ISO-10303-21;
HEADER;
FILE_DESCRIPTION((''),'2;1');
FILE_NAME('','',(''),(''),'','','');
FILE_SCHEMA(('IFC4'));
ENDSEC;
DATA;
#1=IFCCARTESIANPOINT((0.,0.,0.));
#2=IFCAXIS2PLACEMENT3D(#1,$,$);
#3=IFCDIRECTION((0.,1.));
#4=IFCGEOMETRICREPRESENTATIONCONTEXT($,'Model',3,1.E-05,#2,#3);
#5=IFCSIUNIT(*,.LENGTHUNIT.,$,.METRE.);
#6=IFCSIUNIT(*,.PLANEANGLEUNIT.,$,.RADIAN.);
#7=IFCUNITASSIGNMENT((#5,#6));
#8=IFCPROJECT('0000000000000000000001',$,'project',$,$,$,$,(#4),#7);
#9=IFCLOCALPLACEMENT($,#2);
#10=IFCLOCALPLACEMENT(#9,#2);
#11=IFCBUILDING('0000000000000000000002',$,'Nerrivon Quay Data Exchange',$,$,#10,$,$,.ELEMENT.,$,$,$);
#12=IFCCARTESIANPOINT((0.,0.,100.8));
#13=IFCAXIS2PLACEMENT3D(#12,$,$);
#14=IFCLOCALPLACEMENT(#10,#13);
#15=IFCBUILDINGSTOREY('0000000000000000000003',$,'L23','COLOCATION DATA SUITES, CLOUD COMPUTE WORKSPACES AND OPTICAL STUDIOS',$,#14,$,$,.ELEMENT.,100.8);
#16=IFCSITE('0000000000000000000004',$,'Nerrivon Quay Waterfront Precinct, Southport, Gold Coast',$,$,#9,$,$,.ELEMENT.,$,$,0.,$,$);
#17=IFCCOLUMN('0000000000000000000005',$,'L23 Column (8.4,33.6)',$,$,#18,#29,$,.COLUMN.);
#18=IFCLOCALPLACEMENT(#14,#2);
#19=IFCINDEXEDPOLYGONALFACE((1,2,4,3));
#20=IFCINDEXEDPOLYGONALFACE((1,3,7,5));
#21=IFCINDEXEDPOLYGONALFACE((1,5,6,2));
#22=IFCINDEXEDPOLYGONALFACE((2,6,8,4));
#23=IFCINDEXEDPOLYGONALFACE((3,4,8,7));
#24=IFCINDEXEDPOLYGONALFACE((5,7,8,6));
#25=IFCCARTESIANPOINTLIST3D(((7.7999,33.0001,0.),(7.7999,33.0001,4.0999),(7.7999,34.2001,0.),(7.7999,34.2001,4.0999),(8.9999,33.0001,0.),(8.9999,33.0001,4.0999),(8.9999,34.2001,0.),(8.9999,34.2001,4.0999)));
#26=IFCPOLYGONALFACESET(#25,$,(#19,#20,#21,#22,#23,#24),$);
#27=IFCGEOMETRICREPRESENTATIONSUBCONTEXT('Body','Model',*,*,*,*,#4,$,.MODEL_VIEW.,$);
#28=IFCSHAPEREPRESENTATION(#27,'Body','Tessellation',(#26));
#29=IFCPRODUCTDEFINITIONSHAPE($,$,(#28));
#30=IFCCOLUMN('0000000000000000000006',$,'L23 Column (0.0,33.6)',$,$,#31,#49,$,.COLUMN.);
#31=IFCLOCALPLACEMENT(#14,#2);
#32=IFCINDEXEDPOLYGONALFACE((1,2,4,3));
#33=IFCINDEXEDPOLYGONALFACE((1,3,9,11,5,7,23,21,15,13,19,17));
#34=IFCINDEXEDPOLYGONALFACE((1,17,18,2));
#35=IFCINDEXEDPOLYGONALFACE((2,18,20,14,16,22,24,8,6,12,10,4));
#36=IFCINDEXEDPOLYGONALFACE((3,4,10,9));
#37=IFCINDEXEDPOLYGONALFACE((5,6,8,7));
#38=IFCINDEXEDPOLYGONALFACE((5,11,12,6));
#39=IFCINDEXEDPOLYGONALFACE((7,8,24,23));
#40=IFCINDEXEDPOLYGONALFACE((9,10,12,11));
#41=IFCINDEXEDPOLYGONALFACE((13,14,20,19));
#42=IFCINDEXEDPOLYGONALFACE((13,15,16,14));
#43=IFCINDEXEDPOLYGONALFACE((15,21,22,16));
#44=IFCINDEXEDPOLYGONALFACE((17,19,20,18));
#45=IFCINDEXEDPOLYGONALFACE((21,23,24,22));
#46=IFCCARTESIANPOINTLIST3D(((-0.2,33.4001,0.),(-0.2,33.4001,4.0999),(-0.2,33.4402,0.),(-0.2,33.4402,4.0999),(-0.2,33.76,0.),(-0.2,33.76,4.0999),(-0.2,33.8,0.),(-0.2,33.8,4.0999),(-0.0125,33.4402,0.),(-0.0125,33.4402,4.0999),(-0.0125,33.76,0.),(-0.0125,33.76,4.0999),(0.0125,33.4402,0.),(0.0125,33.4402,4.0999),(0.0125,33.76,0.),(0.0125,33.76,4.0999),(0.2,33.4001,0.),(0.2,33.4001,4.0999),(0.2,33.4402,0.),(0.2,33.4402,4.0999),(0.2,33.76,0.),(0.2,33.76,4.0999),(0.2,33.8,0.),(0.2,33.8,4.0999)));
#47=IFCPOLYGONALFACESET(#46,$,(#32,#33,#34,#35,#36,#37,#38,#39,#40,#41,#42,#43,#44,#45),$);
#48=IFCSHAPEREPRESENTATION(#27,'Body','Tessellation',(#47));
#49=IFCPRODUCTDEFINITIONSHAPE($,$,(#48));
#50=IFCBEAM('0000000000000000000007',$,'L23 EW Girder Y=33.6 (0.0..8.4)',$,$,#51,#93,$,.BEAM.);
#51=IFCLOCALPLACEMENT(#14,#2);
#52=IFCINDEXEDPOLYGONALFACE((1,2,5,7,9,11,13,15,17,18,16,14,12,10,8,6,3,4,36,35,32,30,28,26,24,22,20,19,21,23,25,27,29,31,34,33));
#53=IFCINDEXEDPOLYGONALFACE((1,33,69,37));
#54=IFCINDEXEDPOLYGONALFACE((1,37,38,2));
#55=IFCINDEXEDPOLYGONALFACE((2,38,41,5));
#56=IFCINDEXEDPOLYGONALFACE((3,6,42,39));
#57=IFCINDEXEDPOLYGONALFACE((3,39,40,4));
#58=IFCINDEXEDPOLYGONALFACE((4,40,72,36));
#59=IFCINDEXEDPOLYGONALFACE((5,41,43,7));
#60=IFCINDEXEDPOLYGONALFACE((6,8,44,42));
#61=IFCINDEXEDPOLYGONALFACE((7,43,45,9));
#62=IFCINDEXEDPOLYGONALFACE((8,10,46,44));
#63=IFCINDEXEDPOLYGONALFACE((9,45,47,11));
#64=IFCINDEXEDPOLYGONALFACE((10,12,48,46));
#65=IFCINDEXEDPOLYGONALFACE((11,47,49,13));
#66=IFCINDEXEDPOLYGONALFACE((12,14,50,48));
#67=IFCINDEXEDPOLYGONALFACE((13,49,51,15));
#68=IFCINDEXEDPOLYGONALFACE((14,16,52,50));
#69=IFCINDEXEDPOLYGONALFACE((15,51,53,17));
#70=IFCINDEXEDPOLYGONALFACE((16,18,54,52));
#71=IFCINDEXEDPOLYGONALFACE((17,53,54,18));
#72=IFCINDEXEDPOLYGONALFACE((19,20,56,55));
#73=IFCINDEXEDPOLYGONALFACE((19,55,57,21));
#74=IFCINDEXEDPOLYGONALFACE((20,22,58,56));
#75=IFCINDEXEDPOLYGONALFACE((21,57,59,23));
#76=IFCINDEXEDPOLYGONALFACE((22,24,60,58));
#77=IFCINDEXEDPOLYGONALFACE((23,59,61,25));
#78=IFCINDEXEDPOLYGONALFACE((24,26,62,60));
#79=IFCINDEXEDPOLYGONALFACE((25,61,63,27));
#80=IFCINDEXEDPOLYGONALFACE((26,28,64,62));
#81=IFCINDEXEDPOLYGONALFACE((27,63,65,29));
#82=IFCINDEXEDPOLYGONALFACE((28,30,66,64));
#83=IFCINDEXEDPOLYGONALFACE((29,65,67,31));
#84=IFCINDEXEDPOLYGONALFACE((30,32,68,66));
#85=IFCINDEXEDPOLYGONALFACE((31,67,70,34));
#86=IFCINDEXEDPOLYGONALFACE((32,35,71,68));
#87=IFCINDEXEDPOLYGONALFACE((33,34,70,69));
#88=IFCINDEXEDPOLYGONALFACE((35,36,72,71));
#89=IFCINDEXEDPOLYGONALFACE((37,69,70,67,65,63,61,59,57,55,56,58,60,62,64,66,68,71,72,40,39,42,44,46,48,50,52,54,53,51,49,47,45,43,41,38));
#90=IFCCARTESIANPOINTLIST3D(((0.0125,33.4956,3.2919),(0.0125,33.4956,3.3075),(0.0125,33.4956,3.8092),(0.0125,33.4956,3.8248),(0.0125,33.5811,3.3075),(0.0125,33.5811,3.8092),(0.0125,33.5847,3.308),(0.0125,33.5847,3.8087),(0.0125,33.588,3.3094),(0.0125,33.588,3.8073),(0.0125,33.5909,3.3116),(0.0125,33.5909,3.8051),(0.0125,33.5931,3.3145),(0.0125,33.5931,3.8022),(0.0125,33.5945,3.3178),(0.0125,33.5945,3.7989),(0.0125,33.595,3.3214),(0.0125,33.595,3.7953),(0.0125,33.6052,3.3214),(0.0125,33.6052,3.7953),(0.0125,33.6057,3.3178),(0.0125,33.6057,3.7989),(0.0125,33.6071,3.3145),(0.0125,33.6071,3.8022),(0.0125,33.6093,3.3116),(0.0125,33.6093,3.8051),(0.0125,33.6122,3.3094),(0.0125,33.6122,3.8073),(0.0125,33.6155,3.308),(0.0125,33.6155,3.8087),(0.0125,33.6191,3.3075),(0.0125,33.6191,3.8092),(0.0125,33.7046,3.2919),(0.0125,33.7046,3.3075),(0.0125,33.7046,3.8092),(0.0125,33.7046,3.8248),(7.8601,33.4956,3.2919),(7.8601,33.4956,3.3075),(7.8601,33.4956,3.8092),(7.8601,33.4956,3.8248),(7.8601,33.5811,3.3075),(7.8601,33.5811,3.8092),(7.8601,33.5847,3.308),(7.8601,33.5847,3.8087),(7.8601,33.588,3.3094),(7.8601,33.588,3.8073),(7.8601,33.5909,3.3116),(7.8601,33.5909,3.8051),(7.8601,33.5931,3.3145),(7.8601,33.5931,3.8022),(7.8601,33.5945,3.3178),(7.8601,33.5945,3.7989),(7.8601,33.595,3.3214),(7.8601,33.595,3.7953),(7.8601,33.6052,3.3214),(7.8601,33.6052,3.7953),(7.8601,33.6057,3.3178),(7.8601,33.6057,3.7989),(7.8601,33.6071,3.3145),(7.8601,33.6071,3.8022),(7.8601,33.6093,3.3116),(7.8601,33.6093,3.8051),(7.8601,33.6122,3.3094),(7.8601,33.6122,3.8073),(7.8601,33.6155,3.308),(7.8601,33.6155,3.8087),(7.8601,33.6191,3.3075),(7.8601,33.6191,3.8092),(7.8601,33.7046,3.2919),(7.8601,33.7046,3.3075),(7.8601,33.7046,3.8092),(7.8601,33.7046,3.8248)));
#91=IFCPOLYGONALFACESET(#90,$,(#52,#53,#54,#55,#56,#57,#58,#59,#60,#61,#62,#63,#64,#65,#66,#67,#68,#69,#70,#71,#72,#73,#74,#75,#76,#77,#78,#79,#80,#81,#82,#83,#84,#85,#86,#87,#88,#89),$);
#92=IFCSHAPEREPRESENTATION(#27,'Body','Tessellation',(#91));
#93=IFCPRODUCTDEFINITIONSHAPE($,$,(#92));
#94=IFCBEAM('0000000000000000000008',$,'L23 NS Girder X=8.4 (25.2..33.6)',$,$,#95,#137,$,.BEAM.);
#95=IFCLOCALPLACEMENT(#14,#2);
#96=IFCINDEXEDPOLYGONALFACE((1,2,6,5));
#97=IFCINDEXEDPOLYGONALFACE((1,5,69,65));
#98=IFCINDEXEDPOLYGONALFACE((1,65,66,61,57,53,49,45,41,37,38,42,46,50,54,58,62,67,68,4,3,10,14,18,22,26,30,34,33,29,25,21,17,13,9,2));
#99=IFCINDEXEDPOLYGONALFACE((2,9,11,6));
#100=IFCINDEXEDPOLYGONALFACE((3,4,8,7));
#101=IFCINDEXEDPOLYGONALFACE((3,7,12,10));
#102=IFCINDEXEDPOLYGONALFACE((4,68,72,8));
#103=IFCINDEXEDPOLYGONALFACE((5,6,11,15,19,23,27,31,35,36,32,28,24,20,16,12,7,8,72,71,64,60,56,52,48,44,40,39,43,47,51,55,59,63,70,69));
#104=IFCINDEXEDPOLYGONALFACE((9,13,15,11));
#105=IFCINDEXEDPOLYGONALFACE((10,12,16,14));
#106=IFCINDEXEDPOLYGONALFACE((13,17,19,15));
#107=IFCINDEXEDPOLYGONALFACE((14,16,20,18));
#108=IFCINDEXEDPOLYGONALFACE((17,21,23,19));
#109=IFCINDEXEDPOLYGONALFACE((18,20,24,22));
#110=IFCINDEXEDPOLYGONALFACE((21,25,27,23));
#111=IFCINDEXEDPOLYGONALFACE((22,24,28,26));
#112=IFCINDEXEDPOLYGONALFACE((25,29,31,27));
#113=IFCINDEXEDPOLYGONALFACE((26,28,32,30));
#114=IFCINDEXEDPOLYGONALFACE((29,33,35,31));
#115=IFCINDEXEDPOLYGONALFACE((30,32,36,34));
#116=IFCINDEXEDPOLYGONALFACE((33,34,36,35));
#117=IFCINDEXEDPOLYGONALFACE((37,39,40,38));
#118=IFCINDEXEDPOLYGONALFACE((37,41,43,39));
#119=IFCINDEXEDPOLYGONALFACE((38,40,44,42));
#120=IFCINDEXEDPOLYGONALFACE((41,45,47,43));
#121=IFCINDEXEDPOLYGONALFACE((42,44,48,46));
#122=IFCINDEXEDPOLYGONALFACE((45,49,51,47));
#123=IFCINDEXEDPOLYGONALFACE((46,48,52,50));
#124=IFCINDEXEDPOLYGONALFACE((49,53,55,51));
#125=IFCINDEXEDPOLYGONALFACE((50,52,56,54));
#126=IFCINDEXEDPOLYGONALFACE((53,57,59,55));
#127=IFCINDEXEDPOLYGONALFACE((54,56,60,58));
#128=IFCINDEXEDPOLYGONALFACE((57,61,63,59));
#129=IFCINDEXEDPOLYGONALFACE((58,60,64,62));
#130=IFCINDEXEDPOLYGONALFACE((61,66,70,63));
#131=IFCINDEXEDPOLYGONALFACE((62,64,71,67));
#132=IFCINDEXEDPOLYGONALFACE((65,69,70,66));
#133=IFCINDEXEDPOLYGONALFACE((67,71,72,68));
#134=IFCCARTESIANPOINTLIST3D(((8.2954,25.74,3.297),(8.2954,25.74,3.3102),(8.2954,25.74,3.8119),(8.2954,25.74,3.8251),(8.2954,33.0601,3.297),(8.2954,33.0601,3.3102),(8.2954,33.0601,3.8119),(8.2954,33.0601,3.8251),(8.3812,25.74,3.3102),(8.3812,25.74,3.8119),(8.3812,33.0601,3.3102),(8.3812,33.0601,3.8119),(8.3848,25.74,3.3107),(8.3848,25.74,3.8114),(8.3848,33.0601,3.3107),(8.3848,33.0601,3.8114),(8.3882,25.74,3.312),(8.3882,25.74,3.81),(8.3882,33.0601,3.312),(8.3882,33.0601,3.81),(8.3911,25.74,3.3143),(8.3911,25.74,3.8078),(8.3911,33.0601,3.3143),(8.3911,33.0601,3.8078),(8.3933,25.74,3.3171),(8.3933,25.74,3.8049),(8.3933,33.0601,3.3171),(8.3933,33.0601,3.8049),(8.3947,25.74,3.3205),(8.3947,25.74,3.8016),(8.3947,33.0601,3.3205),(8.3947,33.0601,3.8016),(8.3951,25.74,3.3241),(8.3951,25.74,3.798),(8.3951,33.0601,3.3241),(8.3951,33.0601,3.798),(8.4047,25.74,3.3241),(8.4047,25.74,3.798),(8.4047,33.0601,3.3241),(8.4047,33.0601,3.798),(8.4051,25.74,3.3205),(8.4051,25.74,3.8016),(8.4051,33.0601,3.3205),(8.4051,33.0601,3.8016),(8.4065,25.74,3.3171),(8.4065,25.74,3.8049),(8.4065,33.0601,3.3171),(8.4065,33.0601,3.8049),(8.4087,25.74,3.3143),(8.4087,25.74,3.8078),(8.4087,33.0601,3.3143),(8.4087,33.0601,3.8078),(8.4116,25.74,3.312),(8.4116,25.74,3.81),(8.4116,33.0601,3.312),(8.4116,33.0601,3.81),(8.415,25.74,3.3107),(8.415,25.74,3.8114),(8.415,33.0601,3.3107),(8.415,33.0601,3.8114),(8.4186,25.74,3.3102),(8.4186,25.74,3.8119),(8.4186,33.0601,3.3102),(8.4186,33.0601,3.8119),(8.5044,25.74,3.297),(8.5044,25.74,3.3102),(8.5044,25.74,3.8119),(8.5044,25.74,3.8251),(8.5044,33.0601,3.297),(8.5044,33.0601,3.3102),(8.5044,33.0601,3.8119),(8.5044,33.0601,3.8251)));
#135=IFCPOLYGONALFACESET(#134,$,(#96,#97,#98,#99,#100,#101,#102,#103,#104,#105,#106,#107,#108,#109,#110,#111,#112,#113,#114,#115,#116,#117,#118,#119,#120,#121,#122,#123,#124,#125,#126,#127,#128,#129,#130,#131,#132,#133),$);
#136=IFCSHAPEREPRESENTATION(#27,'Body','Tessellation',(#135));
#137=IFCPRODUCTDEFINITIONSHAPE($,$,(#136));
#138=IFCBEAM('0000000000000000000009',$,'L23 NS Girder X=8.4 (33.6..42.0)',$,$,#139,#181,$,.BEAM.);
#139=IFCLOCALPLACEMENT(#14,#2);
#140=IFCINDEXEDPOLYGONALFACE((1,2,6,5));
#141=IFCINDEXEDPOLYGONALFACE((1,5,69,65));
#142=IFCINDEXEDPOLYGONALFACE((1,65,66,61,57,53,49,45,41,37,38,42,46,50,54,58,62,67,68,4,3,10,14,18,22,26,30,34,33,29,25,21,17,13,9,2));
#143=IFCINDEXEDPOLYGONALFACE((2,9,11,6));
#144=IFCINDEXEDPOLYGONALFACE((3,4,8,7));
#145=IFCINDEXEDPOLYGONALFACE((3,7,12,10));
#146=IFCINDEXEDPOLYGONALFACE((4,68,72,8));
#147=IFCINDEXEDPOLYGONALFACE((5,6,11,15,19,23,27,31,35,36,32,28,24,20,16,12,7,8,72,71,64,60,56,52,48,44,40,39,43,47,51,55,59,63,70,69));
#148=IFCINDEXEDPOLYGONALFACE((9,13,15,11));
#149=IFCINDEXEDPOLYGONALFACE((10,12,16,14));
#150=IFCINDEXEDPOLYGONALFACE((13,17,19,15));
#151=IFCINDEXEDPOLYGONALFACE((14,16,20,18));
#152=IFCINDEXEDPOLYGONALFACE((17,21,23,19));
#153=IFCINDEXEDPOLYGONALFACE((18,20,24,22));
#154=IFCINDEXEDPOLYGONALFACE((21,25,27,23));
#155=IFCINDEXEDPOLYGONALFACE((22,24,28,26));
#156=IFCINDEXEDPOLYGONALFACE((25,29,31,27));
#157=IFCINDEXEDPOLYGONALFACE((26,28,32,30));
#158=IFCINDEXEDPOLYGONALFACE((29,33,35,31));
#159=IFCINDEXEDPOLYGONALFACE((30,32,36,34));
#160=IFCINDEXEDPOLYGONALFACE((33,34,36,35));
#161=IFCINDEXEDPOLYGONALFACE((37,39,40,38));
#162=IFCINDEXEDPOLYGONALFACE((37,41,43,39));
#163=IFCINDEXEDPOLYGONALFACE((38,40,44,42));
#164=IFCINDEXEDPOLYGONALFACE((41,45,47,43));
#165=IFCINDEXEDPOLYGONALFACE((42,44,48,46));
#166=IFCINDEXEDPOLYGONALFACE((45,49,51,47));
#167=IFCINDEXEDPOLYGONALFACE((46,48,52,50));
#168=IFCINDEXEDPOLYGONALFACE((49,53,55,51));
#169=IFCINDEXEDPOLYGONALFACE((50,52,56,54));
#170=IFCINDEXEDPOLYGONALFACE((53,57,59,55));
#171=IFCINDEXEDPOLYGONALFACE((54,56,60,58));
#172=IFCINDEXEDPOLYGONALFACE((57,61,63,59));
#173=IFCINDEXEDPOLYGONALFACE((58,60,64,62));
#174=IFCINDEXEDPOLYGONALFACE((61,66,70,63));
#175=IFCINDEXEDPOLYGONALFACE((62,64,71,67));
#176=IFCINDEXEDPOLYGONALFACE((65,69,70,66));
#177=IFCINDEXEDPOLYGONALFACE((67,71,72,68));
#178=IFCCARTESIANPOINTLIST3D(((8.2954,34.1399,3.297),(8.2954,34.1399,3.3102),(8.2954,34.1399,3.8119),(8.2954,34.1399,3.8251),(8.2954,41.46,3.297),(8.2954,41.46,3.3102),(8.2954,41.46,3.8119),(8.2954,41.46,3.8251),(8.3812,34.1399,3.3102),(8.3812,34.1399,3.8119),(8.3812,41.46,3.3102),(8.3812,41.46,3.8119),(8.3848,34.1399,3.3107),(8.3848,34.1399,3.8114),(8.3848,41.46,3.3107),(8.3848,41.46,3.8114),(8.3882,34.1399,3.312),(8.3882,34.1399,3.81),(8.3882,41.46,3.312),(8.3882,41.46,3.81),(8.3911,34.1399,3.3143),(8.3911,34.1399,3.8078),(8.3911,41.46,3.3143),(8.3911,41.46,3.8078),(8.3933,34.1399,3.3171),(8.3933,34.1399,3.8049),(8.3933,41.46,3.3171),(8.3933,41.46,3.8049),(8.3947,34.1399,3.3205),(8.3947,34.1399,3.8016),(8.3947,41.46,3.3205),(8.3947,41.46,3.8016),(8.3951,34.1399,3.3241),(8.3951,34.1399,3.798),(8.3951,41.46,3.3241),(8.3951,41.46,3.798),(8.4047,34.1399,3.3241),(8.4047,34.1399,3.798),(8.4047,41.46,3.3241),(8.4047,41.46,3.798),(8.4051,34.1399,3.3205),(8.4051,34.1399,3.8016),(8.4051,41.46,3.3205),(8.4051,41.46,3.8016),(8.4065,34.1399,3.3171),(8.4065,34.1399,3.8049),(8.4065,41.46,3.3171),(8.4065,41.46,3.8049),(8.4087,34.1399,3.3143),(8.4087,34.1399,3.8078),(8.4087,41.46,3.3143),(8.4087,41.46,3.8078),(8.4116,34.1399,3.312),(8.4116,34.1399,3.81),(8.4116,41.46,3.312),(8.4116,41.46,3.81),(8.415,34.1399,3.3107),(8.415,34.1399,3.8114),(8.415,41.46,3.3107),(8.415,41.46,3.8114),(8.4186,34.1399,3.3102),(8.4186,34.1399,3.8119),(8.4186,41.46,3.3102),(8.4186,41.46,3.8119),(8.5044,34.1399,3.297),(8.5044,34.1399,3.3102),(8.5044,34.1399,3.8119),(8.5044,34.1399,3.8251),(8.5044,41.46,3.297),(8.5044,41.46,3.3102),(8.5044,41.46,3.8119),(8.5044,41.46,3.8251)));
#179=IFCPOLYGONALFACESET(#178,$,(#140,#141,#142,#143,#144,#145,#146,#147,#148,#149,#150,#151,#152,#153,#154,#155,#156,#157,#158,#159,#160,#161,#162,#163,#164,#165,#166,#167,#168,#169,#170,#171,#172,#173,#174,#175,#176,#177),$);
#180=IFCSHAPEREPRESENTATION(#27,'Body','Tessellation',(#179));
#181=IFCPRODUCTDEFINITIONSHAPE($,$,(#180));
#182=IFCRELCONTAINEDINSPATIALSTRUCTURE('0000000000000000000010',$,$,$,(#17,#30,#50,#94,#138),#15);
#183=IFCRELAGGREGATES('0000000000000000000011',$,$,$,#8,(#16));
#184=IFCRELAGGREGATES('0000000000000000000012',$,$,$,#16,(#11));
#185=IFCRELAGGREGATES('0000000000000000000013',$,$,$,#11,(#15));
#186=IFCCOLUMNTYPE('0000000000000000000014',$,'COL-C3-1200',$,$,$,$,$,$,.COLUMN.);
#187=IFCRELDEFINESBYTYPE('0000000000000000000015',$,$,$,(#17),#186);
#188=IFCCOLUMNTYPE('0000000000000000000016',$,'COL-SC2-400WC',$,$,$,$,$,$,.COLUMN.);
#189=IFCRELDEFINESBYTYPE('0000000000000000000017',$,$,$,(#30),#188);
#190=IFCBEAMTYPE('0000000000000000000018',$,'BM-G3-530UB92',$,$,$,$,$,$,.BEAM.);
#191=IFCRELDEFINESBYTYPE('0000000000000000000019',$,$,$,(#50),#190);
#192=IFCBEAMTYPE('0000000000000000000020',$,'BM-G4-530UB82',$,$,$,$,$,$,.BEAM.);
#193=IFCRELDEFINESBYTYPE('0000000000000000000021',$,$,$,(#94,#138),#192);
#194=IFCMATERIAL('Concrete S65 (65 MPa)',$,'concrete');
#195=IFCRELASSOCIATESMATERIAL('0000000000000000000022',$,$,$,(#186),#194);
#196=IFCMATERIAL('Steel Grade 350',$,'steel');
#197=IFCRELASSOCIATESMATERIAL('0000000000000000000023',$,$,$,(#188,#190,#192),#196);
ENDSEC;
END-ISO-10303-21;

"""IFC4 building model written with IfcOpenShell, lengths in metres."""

from ifc_helpers import new_model, si_unit, direction, frame, origin, origin_2d, place, context, subcontext, project, spatial, rectangle, i_section, extrude, material, material_profile, profile_set, type_object, element, save


model = new_model("IFC4")

# Units and contexts
model_context = context("Model", 3, precision=1e-05, world=origin(), true_north=direction((0.0, 1.0)))
body_context = subcontext(model_context, "Body", "Model", "MODEL_VIEW")
ifc_project = project(units=[si_unit("LENGTHUNIT", "METRE"), si_unit("PLANEANGLEUNIT", "RADIAN")], contexts=[model_context])

# Site, building, storey
site_placement = place(None, origin())
site = spatial("IfcSite", under=ifc_project, at=site_placement, Name="Nerrivon Quay Waterfront Precinct, Southport, Gold Coast", CompositionType="ELEMENT", RefElevation=0.0)
building_placement = place(site_placement, origin())
building = spatial("IfcBuilding", under=site, at=building_placement, Name="Nerrivon Quay Data Exchange", CompositionType="ELEMENT")
storey_placement = place(building_placement, frame((0.0, 0.0, 100.8)))
storey = spatial("IfcBuildingStorey", under=building, at=storey_placement, Name="L23", Description="COLOCATION DATA SUITES, CLOUD COMPUTE WORKSPACES AND OPTICAL STUDIOS", CompositionType="ELEMENT", Elevation=100.8)

# Columns
ifc_material_1 = material(Name="Concrete S65 (65 MPa)", Category="concrete")
ifc_material_profile_1 = material_profile(ifc_material_1, rectangle(XDim=1.2, YDim=1.2, at=origin_2d()), Name="RC-COL-1200x1200")
ifc_profile_set_1 = profile_set([ifc_material_profile_1], Name="Concrete S65 (65 MPa)")
column_type_1 = type_object("IfcColumnType", Name="COL-C3-1200", PredefinedType="COLUMN", material=ifc_profile_set_1)
column_1_placement = place(storey_placement, frame((8.3999, 33.6001, 0.0), z_axis=(0.0, 0.0, 1.0), x_axis=(1.0, 0.0, 0.0)))
element("IfcColumn", 1, at=column_1_placement, inside=storey, type_object=column_type_1, Name="L23 Column (8.4,33.6)", PredefinedType="COLUMN", context=body_context, shape_type="SweptSolid", body=[
    extrude(rectangle(XDim=1.2, YDim=1.2, at=origin_2d()), origin(), (0.0, 0.0, 1.0), 4.0999),
])
ifc_material_2 = material(Name="Steel Grade 350", Category="steel")
ifc_material_profile_2 = material_profile(ifc_material_2, i_section(OverallWidth=0.3999, OverallDepth=0.3999, WebThickness=0.0249, FlangeThickness=0.04, at=origin_2d()), Name="400WC328")
ifc_profile_set_2 = profile_set([ifc_material_profile_2], Name="Steel Grade 350")
column_type_2 = type_object("IfcColumnType", Name="COL-SC2-400WC", PredefinedType="COLUMN", material=ifc_profile_set_2)
column_2_placement = place(storey_placement, frame((0.0, 33.6001, 0.0), z_axis=(0.0, 0.0, 1.0), x_axis=(1.0, 0.0, 0.0)))
element("IfcColumn", 2, at=column_2_placement, inside=storey, type_object=column_type_2, Name="L23 Column (0.0,33.6)", PredefinedType="COLUMN", context=body_context, shape_type="SweptSolid", body=[
    extrude(i_section(OverallWidth=0.3999, OverallDepth=0.3999, WebThickness=0.0249, FlangeThickness=0.04, at=origin_2d()), origin(), (0.0, 0.0, 1.0), 4.0999),
])

# Beams
ifc_material_profile_3 = material_profile(ifc_material_2, i_section(OverallWidth=0.209, OverallDepth=0.533, WebThickness=0.0103, FlangeThickness=0.0156, FilletRadius=0.0139, at=origin_2d()), Name="530UB92.4")
ifc_profile_set_3 = profile_set([ifc_material_profile_3], Name="Steel Grade 350")
beam_type_1 = type_object("IfcBeamType", Name="BM-G3-530UB92", PredefinedType="BEAM", material=ifc_profile_set_3)
beam_1_placement = place(storey_placement, frame((0.0125, 33.6001, 3.5583), z_axis=(1.0, 0.0, 0.0), x_axis=(0.0, 1.0, 0.0)))
element("IfcBeam", 3, at=beam_1_placement, inside=storey, type_object=beam_type_1, Name="L23 EW Girder Y=33.6 (0.0..8.4)", PredefinedType="BEAM", context=body_context, shape_type="SweptSolid", body=[
    extrude(i_section(OverallWidth=0.209, OverallDepth=0.533, WebThickness=0.0103, FlangeThickness=0.0156, FilletRadius=0.0139, at=origin_2d()), origin(), (0.0, 0.0, 1.0), 7.8477),
])
ifc_material_profile_4 = material_profile(ifc_material_2, i_section(OverallWidth=0.209, OverallDepth=0.5281, WebThickness=0.0095, FlangeThickness=0.0132, FilletRadius=0.0139, at=origin_2d()), Name="530UB82.0")
ifc_profile_set_4 = profile_set([ifc_material_profile_4], Name="Steel Grade 350")
beam_type_2 = type_object("IfcBeamType", Name="BM-G4-530UB82", PredefinedType="BEAM", material=ifc_profile_set_4)
for number, where, z_axis, x_axis, name in (
    (4, (8.3999, 25.74, 3.561), (0.0, 1.0, 0.0), (-1.0, 0.0, 0.0), "L23 NS Girder X=8.4 (25.2..33.6)"),
    (5, (8.3999, 34.1399, 3.561), (0.0, 1.0, 0.0), (-1.0, 0.0, 0.0), "L23 NS Girder X=8.4 (33.6..42.0)"),
):
    element("IfcBeam", number, at=place(storey_placement, frame(where, z_axis=z_axis, x_axis=x_axis)), inside=storey, type_object=beam_type_2, Name=name, PredefinedType="BEAM", context=body_context, shape_type="SweptSolid", body=[
        extrude(i_section(OverallWidth=0.209, OverallDepth=0.5281, WebThickness=0.0095, FlangeThickness=0.0132, FilletRadius=0.0139, at=origin_2d()), origin(), (0.0, 0.0, 1.0), 7.3201),
    ])

save(model, "model.ifc")
